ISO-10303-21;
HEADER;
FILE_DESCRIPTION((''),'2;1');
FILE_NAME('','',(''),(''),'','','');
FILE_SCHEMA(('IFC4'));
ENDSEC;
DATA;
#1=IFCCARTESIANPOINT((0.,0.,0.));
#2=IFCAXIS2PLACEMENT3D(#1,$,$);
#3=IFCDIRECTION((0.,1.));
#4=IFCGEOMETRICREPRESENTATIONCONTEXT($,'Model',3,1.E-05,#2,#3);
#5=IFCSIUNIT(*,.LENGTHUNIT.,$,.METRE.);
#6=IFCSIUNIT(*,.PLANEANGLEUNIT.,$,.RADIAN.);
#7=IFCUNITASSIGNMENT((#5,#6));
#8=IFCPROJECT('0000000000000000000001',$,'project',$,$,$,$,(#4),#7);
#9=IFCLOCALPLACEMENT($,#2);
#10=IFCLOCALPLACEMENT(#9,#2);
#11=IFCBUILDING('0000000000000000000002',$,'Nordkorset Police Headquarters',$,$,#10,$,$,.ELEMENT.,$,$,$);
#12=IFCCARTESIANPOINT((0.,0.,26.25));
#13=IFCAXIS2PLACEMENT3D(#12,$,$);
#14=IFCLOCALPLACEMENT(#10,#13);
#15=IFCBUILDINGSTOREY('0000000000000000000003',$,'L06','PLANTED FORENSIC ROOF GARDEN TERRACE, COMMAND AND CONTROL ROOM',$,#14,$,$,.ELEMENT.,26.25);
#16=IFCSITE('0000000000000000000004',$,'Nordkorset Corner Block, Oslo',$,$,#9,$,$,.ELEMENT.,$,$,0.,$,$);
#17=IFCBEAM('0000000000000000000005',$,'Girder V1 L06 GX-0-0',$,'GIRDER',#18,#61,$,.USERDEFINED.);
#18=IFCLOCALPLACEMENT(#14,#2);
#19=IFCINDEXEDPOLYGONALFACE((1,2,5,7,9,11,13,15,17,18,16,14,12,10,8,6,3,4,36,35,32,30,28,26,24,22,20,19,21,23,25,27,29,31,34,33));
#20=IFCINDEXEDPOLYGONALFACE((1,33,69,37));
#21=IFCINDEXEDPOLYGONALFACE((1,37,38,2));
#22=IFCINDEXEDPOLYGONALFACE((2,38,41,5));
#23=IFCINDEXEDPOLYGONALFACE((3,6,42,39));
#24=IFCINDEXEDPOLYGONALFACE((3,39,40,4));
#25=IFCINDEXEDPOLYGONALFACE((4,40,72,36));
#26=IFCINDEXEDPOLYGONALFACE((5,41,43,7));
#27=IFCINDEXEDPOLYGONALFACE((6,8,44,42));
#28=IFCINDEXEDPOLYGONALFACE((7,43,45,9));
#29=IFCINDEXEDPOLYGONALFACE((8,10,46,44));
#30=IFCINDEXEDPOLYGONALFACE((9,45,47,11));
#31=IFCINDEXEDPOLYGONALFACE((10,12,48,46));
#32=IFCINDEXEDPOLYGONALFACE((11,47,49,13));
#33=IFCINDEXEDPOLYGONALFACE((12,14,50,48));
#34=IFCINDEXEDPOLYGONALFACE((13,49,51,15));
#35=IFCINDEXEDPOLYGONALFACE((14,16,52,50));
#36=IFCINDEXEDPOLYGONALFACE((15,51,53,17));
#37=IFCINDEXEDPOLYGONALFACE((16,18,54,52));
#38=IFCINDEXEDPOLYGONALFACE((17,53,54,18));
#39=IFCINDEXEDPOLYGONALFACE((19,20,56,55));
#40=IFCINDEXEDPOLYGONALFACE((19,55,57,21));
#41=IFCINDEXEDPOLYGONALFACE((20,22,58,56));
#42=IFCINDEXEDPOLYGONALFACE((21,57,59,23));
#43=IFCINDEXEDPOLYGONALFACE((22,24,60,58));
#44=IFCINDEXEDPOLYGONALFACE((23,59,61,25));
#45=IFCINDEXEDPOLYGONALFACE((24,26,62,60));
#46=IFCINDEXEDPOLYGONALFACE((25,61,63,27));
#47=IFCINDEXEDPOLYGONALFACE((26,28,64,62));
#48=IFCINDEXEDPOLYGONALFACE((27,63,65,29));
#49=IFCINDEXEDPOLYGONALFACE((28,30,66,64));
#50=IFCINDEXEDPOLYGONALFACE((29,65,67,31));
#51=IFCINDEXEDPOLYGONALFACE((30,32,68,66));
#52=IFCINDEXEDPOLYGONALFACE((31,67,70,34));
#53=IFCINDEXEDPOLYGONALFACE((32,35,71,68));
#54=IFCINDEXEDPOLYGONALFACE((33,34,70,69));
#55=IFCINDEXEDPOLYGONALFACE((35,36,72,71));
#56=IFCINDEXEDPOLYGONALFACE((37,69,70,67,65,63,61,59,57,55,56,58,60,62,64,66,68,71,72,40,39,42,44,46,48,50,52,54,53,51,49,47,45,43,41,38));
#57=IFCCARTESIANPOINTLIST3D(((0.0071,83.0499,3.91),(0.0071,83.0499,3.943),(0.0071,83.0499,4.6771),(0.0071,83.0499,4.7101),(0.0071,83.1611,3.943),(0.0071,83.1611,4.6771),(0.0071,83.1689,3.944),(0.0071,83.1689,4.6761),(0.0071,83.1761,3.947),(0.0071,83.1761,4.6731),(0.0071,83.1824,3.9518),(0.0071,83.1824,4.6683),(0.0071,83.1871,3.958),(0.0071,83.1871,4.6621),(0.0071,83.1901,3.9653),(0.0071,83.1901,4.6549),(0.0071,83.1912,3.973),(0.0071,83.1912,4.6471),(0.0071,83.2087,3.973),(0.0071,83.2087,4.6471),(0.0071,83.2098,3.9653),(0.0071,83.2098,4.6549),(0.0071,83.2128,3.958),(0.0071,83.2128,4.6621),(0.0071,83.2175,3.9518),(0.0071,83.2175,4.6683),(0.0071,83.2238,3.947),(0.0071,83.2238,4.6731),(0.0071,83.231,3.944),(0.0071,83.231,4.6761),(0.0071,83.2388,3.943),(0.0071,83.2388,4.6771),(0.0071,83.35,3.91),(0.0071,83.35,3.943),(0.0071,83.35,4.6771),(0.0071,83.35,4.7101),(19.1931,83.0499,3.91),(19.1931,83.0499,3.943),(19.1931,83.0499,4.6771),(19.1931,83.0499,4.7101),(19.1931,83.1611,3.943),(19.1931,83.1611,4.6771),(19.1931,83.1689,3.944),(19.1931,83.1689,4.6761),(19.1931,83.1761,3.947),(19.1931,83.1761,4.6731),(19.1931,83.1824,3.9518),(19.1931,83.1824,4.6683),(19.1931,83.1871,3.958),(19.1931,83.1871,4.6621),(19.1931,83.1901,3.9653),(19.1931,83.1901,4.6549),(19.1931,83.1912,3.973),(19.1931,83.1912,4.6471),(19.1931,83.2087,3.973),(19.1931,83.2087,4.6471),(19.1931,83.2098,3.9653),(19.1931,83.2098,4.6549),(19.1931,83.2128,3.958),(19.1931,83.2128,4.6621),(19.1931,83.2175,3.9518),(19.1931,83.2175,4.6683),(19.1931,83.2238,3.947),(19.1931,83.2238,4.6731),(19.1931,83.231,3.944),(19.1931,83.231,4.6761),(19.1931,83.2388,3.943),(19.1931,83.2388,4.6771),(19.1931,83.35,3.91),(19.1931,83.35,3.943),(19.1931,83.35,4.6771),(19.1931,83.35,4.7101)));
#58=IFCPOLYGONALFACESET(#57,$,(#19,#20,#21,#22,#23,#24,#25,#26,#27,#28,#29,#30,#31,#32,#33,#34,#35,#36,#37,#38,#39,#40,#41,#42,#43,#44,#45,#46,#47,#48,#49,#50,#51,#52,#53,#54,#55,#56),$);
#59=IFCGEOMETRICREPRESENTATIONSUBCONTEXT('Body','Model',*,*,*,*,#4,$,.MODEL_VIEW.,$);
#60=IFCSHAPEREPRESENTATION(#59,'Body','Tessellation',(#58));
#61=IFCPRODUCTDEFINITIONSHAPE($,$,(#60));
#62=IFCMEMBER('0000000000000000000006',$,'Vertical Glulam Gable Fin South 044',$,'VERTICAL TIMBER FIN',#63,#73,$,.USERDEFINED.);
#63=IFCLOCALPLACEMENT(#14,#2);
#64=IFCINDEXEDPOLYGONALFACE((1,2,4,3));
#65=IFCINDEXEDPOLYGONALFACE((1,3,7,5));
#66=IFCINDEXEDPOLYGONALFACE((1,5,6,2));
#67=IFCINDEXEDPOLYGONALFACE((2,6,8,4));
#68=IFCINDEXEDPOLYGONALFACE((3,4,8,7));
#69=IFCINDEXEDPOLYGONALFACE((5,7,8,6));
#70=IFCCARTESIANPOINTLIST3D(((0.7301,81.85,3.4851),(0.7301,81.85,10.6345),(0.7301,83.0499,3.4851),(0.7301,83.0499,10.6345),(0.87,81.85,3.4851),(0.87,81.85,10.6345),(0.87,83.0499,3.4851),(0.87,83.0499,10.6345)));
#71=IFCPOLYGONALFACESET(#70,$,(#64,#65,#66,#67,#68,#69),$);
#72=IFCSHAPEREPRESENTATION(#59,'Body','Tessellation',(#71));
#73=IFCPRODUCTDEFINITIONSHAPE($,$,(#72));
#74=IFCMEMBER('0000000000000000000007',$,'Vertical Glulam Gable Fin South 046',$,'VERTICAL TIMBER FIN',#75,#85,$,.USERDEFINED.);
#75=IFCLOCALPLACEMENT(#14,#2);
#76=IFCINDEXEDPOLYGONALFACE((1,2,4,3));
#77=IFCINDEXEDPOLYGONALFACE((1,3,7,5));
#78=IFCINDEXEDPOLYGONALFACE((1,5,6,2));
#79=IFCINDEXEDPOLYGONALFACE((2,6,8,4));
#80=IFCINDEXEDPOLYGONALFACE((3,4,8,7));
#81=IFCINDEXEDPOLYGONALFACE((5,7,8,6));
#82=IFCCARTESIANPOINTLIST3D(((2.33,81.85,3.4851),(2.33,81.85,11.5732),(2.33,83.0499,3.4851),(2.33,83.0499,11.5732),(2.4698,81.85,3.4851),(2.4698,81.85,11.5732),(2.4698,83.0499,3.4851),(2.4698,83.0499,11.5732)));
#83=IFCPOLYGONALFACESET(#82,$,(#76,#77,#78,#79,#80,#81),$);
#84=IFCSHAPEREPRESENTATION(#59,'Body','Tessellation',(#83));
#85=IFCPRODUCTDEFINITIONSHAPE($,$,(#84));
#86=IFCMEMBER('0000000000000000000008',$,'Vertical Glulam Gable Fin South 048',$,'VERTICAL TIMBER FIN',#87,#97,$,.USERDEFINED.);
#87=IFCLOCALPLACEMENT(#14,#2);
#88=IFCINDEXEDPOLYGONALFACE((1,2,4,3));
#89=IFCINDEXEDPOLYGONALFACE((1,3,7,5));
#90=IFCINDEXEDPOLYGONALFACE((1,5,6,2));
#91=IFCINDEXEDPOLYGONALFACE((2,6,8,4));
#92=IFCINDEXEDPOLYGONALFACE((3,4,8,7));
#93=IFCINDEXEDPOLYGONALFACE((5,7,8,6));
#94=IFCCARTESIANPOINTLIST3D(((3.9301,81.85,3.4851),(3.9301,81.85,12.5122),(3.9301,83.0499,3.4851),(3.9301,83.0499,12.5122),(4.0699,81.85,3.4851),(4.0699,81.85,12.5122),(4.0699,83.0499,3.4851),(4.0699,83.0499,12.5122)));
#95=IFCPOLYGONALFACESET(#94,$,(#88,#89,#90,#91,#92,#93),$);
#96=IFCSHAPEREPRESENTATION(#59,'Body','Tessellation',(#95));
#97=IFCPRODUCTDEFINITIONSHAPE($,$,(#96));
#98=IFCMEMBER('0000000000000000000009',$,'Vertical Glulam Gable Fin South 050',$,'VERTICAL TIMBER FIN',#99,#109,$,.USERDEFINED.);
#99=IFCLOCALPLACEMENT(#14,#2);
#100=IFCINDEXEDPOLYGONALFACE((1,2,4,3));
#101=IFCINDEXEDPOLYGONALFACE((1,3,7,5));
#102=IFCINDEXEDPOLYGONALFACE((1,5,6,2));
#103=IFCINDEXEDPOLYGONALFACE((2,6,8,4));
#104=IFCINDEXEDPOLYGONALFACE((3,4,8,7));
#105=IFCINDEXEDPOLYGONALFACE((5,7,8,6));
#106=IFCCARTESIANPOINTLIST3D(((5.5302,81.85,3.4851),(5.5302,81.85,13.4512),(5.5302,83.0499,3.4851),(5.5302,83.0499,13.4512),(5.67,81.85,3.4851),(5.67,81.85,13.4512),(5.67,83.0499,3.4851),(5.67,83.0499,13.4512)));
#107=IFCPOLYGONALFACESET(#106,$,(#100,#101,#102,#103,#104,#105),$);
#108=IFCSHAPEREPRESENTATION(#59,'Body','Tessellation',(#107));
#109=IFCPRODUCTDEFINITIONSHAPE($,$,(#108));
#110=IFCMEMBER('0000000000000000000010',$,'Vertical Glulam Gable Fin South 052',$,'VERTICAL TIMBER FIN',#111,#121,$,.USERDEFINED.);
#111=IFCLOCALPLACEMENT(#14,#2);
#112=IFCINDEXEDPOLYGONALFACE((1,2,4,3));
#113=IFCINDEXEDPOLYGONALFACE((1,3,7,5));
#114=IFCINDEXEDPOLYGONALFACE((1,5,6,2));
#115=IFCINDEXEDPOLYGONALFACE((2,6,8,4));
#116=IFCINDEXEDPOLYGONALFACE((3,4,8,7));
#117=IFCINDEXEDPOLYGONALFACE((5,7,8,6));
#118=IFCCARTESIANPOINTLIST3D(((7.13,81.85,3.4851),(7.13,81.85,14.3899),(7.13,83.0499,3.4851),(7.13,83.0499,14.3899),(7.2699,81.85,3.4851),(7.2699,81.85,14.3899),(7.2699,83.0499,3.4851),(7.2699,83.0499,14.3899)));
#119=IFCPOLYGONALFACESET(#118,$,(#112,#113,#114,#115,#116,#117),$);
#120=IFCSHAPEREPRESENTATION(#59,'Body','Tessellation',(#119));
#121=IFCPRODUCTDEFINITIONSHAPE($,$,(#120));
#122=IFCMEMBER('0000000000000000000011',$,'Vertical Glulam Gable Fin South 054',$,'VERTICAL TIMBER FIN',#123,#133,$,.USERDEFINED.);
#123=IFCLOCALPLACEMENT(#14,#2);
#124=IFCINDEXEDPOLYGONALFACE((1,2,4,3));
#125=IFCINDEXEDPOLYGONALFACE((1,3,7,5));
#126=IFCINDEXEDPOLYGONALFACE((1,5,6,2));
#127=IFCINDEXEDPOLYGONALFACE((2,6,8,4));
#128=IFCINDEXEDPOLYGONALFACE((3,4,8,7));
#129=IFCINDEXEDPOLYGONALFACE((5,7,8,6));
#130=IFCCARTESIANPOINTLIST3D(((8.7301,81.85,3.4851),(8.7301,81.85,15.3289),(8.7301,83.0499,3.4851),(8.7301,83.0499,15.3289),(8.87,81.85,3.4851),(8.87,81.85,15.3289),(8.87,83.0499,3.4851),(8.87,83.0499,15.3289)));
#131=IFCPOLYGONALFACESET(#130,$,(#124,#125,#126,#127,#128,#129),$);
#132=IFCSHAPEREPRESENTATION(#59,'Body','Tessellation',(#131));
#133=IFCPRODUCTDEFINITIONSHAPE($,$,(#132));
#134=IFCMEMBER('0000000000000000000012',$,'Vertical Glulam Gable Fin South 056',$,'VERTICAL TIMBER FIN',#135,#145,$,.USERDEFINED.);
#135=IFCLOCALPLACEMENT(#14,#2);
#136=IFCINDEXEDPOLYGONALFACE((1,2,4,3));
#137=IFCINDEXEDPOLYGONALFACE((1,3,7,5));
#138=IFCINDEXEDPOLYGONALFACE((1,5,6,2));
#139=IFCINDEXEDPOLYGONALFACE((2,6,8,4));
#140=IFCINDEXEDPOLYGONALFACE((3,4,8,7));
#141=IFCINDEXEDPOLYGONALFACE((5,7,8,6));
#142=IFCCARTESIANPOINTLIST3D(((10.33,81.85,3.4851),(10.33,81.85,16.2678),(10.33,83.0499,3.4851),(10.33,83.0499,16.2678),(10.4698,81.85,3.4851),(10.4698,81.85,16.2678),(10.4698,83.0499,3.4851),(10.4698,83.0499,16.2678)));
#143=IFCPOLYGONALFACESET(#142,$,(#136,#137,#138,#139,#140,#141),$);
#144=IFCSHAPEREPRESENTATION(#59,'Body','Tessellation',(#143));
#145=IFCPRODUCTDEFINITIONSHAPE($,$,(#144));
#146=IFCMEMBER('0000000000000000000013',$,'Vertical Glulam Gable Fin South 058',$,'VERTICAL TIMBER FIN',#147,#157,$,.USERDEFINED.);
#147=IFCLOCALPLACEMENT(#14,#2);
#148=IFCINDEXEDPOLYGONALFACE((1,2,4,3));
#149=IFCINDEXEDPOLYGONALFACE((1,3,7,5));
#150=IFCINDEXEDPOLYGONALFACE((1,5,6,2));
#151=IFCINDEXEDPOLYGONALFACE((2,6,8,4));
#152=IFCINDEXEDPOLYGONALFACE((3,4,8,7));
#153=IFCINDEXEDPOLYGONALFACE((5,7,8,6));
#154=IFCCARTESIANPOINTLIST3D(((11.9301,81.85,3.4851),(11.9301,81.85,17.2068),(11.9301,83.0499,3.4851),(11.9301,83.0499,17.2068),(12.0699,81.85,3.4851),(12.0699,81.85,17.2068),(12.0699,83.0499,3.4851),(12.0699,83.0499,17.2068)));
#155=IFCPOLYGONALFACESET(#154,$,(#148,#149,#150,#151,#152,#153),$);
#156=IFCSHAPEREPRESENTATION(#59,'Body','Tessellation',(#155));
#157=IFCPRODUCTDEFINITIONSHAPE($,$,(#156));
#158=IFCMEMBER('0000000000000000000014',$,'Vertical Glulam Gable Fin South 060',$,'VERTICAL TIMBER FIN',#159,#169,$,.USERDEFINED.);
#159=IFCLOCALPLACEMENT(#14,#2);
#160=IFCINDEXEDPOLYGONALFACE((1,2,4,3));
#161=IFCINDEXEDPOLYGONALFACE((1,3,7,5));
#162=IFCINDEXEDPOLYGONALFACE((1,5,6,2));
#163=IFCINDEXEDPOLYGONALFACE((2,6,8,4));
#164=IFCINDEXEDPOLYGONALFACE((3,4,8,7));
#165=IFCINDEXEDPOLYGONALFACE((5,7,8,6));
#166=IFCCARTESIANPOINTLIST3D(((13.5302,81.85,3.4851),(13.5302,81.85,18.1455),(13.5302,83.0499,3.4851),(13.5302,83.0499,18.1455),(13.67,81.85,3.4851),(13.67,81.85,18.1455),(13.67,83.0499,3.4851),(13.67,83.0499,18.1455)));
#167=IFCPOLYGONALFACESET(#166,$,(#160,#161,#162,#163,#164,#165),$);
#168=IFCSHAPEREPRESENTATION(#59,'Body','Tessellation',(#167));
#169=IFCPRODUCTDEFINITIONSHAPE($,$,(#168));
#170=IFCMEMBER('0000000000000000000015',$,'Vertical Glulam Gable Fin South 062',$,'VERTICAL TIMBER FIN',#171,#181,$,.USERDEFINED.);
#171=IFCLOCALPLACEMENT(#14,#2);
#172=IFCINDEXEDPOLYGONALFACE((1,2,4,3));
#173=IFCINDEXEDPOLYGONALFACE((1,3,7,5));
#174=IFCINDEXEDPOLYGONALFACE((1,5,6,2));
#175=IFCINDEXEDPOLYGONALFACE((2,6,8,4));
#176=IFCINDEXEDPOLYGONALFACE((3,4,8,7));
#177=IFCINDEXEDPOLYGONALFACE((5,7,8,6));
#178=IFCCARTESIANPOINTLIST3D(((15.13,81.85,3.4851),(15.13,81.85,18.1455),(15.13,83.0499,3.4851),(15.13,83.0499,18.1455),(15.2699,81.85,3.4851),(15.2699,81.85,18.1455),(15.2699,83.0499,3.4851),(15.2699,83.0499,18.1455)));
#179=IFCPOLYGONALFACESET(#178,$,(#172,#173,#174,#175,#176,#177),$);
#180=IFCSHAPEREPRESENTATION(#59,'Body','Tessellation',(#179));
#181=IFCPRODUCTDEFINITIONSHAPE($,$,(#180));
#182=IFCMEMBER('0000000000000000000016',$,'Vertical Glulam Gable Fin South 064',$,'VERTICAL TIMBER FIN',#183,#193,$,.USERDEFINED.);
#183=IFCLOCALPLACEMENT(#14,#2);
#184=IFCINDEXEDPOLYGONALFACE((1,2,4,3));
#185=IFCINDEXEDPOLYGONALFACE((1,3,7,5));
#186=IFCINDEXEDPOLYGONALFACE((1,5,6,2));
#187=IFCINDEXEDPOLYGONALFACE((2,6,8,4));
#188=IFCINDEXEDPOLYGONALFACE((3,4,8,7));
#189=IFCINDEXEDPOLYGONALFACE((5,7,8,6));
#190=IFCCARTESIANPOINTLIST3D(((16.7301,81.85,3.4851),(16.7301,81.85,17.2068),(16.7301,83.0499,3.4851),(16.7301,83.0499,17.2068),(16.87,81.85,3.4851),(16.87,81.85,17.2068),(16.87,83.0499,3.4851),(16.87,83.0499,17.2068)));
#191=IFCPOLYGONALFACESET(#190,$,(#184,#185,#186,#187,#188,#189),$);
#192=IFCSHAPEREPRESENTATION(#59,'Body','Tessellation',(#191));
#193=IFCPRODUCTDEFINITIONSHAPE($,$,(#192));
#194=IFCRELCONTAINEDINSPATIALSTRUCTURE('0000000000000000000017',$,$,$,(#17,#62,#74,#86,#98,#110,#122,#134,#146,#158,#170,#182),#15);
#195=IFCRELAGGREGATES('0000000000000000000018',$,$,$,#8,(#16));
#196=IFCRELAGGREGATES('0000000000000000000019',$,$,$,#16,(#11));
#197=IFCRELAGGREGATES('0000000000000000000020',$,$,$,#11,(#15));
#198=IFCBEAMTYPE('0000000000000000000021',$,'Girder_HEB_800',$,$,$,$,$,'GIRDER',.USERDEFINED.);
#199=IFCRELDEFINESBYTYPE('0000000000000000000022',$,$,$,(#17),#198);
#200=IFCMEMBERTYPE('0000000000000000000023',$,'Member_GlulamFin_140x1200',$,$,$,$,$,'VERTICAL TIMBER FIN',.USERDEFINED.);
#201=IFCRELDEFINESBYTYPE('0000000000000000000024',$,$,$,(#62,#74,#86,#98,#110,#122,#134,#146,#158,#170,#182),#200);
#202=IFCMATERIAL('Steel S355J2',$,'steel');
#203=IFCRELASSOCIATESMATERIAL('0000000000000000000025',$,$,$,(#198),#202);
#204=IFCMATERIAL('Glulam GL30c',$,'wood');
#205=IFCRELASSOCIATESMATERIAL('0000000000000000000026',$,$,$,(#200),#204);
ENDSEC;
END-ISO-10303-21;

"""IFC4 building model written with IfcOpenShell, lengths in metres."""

from ifc_helpers import new_model, si_unit, direction, frame, origin, origin_2d, place, context, subcontext, project, spatial, rectangle, i_section, extrude, material, material_profile, profile_set, type_object, element, save


model = new_model("IFC4")

# Units and contexts
model_context = context("Model", 3, precision=1e-05, world=origin(), true_north=direction((0.0, 1.0)))
body_context = subcontext(model_context, "Body", "Model", "MODEL_VIEW")
ifc_project = project(units=[si_unit("LENGTHUNIT", "METRE"), si_unit("PLANEANGLEUNIT", "RADIAN")], contexts=[model_context])

# Site, building, storey
site_placement = place(None, origin())
site = spatial("IfcSite", under=ifc_project, at=site_placement, Name="Nordkorset Corner Block, Oslo", CompositionType="ELEMENT", RefElevation=0.0)
building_placement = place(site_placement, origin())
building = spatial("IfcBuilding", under=site, at=building_placement, Name="Nordkorset Police Headquarters", CompositionType="ELEMENT")
storey_placement = place(building_placement, frame((0.0, 0.0, 26.25)))
storey = spatial("IfcBuildingStorey", under=building, at=storey_placement, Name="L06", Description="PLANTED FORENSIC ROOF GARDEN TERRACE, COMMAND AND CONTROL ROOM", CompositionType="ELEMENT", Elevation=26.25)

# Beam
ifc_material_1 = material(Name="Steel S355J2", Category="steel")
ifc_material_profile_1 = material_profile(ifc_material_1, i_section(OverallWidth=0.3, OverallDepth=0.8, WebThickness=0.0176, FlangeThickness=0.033, FilletRadius=0.03, at=origin_2d()), Name="HEB 800")
ifc_profile_set_1 = profile_set([ifc_material_profile_1], Name="Steel S355J2")
beam_type_1 = type_object("IfcBeamType", Name="Girder_HEB_800", ElementType="GIRDER", PredefinedType="USERDEFINED", material=ifc_profile_set_1)
beam_1_placement = place(storey_placement, frame((0.0071, 83.2, 4.3101), z_axis=(1.0, 0.0, 0.0), x_axis=(0.0, 1.0, 0.0)))
element("IfcBeam", 1, at=beam_1_placement, inside=storey, type_object=beam_type_1, Name="Girder V1 L06 GX-0-0", ObjectType="GIRDER", PredefinedType="USERDEFINED", context=body_context, shape_type="SweptSolid", body=[
    extrude(i_section(OverallWidth=0.3, OverallDepth=0.8, WebThickness=0.0176, FlangeThickness=0.033, FilletRadius=0.03, at=origin_2d()), origin(), (0.0, 0.0, 1.0), 19.186),
])

# Members
ifc_material_2 = material(Name="Glulam GL30c", Category="wood")
ifc_material_profile_2 = material_profile(ifc_material_2, rectangle(XDim=0.1399, YDim=1.2, at=origin_2d()), Name="GL30C FIN 140x1200")
ifc_profile_set_2 = profile_set([ifc_material_profile_2], Name="Glulam GL30c")
member_type = type_object("IfcMemberType", Name="Member_GlulamFin_140x1200", ElementType="VERTICAL TIMBER FIN", PredefinedType="USERDEFINED", material=ifc_profile_set_2)
member_1_placement = place(storey_placement, frame((0.8, 82.45, 3.4851), z_axis=(0.0, 0.0, 1.0), x_axis=(1.0, 0.0, 0.0)))
element("IfcMember", 2, at=member_1_placement, inside=storey, type_object=member_type, Name="Vertical Glulam Gable Fin South 044", ObjectType="VERTICAL TIMBER FIN", PredefinedType="USERDEFINED", context=body_context, shape_type="SweptSolid", body=[
    extrude(rectangle(XDim=0.1399, YDim=1.2, at=origin_2d()), origin(), (0.0, 0.0, 1.0), 7.1494),
])
member_2_placement = place(storey_placement, frame((2.3999, 82.45, 3.4851), z_axis=(0.0, 0.0, 1.0), x_axis=(1.0, 0.0, 0.0)))
element("IfcMember", 3, at=member_2_placement, inside=storey, type_object=member_type, Name="Vertical Glulam Gable Fin South 046", ObjectType="VERTICAL TIMBER FIN", PredefinedType="USERDEFINED", context=body_context, shape_type="SweptSolid", body=[
    extrude(rectangle(XDim=0.1399, YDim=1.2, at=origin_2d()), origin(), (0.0, 0.0, 1.0), 8.0881),
])
member_3_placement = place(storey_placement, frame((4.0, 82.45, 3.4851), z_axis=(0.0, 0.0, 1.0), x_axis=(1.0, 0.0, 0.0)))
element("IfcMember", 4, at=member_3_placement, inside=storey, type_object=member_type, Name="Vertical Glulam Gable Fin South 048", ObjectType="VERTICAL TIMBER FIN", PredefinedType="USERDEFINED", context=body_context, shape_type="SweptSolid", body=[
    extrude(rectangle(XDim=0.1399, YDim=1.2, at=origin_2d()), origin(), (0.0, 0.0, 1.0), 9.0271),
])
member_4_placement = place(storey_placement, frame((5.6001, 82.45, 3.4851), z_axis=(0.0, 0.0, 1.0), x_axis=(1.0, 0.0, 0.0)))
element("IfcMember", 5, at=member_4_placement, inside=storey, type_object=member_type, Name="Vertical Glulam Gable Fin South 050", ObjectType="VERTICAL TIMBER FIN", PredefinedType="USERDEFINED", context=body_context, shape_type="SweptSolid", body=[
    extrude(rectangle(XDim=0.1399, YDim=1.2, at=origin_2d()), origin(), (0.0, 0.0, 1.0), 9.9661),
])
member_5_placement = place(storey_placement, frame((7.2, 82.45, 3.4851), z_axis=(0.0, 0.0, 1.0), x_axis=(1.0, 0.0, 0.0)))
element("IfcMember", 6, at=member_5_placement, inside=storey, type_object=member_type, Name="Vertical Glulam Gable Fin South 052", ObjectType="VERTICAL TIMBER FIN", PredefinedType="USERDEFINED", context=body_context, shape_type="SweptSolid", body=[
    extrude(rectangle(XDim=0.1399, YDim=1.2, at=origin_2d()), origin(), (0.0, 0.0, 1.0), 10.9048),
])
member_6_placement = place(storey_placement, frame((8.8, 82.45, 3.4851), z_axis=(0.0, 0.0, 1.0), x_axis=(1.0, 0.0, 0.0)))
element("IfcMember", 7, at=member_6_placement, inside=storey, type_object=member_type, Name="Vertical Glulam Gable Fin South 054", ObjectType="VERTICAL TIMBER FIN", PredefinedType="USERDEFINED", context=body_context, shape_type="SweptSolid", body=[
    extrude(rectangle(XDim=0.1399, YDim=1.2, at=origin_2d()), origin(), (0.0, 0.0, 1.0), 11.8438),
])
member_7_placement = place(storey_placement, frame((10.3999, 82.45, 3.4851), z_axis=(0.0, 0.0, 1.0), x_axis=(1.0, 0.0, 0.0)))
element("IfcMember", 8, at=member_7_placement, inside=storey, type_object=member_type, Name="Vertical Glulam Gable Fin South 056", ObjectType="VERTICAL TIMBER FIN", PredefinedType="USERDEFINED", context=body_context, shape_type="SweptSolid", body=[
    extrude(rectangle(XDim=0.1399, YDim=1.2, at=origin_2d()), origin(), (0.0, 0.0, 1.0), 12.7827),
])
member_8_placement = place(storey_placement, frame((12.0, 82.45, 3.4851), z_axis=(0.0, 0.0, 1.0), x_axis=(1.0, 0.0, 0.0)))
element("IfcMember", 9, at=member_8_placement, inside=storey, type_object=member_type, Name="Vertical Glulam Gable Fin South 058", ObjectType="VERTICAL TIMBER FIN", PredefinedType="USERDEFINED", context=body_context, shape_type="SweptSolid", body=[
    extrude(rectangle(XDim=0.1399, YDim=1.2, at=origin_2d()), origin(), (0.0, 0.0, 1.0), 13.7217),
])
for number, where, z_axis, x_axis, name in (
    (10, (13.6001, 82.45, 3.4851), (0.0, 0.0, 1.0), (1.0, 0.0, 0.0), "Vertical Glulam Gable Fin South 060"),
    (11, (15.2, 82.45, 3.4851), (0.0, 0.0, 1.0), (1.0, 0.0, 0.0), "Vertical Glulam Gable Fin South 062"),
):
    element("IfcMember", number, at=place(storey_placement, frame(where, z_axis=z_axis, x_axis=x_axis)), inside=storey, type_object=member_type, Name=name, ObjectType="VERTICAL TIMBER FIN", PredefinedType="USERDEFINED", context=body_context, shape_type="SweptSolid", body=[
        extrude(rectangle(XDim=0.1399, YDim=1.2, at=origin_2d()), origin(), (0.0, 0.0, 1.0), 14.6604),
    ])
member_9_placement = place(storey_placement, frame((16.8, 82.45, 3.4851), z_axis=(0.0, 0.0, 1.0), x_axis=(1.0, 0.0, 0.0)))
element("IfcMember", 12, at=member_9_placement, inside=storey, type_object=member_type, Name="Vertical Glulam Gable Fin South 064", ObjectType="VERTICAL TIMBER FIN", PredefinedType="USERDEFINED", context=body_context, shape_type="SweptSolid", body=[
    extrude(rectangle(XDim=0.1399, YDim=1.2, at=origin_2d()), origin(), (0.0, 0.0, 1.0), 13.7217),
])

save(model, "model.ifc")
